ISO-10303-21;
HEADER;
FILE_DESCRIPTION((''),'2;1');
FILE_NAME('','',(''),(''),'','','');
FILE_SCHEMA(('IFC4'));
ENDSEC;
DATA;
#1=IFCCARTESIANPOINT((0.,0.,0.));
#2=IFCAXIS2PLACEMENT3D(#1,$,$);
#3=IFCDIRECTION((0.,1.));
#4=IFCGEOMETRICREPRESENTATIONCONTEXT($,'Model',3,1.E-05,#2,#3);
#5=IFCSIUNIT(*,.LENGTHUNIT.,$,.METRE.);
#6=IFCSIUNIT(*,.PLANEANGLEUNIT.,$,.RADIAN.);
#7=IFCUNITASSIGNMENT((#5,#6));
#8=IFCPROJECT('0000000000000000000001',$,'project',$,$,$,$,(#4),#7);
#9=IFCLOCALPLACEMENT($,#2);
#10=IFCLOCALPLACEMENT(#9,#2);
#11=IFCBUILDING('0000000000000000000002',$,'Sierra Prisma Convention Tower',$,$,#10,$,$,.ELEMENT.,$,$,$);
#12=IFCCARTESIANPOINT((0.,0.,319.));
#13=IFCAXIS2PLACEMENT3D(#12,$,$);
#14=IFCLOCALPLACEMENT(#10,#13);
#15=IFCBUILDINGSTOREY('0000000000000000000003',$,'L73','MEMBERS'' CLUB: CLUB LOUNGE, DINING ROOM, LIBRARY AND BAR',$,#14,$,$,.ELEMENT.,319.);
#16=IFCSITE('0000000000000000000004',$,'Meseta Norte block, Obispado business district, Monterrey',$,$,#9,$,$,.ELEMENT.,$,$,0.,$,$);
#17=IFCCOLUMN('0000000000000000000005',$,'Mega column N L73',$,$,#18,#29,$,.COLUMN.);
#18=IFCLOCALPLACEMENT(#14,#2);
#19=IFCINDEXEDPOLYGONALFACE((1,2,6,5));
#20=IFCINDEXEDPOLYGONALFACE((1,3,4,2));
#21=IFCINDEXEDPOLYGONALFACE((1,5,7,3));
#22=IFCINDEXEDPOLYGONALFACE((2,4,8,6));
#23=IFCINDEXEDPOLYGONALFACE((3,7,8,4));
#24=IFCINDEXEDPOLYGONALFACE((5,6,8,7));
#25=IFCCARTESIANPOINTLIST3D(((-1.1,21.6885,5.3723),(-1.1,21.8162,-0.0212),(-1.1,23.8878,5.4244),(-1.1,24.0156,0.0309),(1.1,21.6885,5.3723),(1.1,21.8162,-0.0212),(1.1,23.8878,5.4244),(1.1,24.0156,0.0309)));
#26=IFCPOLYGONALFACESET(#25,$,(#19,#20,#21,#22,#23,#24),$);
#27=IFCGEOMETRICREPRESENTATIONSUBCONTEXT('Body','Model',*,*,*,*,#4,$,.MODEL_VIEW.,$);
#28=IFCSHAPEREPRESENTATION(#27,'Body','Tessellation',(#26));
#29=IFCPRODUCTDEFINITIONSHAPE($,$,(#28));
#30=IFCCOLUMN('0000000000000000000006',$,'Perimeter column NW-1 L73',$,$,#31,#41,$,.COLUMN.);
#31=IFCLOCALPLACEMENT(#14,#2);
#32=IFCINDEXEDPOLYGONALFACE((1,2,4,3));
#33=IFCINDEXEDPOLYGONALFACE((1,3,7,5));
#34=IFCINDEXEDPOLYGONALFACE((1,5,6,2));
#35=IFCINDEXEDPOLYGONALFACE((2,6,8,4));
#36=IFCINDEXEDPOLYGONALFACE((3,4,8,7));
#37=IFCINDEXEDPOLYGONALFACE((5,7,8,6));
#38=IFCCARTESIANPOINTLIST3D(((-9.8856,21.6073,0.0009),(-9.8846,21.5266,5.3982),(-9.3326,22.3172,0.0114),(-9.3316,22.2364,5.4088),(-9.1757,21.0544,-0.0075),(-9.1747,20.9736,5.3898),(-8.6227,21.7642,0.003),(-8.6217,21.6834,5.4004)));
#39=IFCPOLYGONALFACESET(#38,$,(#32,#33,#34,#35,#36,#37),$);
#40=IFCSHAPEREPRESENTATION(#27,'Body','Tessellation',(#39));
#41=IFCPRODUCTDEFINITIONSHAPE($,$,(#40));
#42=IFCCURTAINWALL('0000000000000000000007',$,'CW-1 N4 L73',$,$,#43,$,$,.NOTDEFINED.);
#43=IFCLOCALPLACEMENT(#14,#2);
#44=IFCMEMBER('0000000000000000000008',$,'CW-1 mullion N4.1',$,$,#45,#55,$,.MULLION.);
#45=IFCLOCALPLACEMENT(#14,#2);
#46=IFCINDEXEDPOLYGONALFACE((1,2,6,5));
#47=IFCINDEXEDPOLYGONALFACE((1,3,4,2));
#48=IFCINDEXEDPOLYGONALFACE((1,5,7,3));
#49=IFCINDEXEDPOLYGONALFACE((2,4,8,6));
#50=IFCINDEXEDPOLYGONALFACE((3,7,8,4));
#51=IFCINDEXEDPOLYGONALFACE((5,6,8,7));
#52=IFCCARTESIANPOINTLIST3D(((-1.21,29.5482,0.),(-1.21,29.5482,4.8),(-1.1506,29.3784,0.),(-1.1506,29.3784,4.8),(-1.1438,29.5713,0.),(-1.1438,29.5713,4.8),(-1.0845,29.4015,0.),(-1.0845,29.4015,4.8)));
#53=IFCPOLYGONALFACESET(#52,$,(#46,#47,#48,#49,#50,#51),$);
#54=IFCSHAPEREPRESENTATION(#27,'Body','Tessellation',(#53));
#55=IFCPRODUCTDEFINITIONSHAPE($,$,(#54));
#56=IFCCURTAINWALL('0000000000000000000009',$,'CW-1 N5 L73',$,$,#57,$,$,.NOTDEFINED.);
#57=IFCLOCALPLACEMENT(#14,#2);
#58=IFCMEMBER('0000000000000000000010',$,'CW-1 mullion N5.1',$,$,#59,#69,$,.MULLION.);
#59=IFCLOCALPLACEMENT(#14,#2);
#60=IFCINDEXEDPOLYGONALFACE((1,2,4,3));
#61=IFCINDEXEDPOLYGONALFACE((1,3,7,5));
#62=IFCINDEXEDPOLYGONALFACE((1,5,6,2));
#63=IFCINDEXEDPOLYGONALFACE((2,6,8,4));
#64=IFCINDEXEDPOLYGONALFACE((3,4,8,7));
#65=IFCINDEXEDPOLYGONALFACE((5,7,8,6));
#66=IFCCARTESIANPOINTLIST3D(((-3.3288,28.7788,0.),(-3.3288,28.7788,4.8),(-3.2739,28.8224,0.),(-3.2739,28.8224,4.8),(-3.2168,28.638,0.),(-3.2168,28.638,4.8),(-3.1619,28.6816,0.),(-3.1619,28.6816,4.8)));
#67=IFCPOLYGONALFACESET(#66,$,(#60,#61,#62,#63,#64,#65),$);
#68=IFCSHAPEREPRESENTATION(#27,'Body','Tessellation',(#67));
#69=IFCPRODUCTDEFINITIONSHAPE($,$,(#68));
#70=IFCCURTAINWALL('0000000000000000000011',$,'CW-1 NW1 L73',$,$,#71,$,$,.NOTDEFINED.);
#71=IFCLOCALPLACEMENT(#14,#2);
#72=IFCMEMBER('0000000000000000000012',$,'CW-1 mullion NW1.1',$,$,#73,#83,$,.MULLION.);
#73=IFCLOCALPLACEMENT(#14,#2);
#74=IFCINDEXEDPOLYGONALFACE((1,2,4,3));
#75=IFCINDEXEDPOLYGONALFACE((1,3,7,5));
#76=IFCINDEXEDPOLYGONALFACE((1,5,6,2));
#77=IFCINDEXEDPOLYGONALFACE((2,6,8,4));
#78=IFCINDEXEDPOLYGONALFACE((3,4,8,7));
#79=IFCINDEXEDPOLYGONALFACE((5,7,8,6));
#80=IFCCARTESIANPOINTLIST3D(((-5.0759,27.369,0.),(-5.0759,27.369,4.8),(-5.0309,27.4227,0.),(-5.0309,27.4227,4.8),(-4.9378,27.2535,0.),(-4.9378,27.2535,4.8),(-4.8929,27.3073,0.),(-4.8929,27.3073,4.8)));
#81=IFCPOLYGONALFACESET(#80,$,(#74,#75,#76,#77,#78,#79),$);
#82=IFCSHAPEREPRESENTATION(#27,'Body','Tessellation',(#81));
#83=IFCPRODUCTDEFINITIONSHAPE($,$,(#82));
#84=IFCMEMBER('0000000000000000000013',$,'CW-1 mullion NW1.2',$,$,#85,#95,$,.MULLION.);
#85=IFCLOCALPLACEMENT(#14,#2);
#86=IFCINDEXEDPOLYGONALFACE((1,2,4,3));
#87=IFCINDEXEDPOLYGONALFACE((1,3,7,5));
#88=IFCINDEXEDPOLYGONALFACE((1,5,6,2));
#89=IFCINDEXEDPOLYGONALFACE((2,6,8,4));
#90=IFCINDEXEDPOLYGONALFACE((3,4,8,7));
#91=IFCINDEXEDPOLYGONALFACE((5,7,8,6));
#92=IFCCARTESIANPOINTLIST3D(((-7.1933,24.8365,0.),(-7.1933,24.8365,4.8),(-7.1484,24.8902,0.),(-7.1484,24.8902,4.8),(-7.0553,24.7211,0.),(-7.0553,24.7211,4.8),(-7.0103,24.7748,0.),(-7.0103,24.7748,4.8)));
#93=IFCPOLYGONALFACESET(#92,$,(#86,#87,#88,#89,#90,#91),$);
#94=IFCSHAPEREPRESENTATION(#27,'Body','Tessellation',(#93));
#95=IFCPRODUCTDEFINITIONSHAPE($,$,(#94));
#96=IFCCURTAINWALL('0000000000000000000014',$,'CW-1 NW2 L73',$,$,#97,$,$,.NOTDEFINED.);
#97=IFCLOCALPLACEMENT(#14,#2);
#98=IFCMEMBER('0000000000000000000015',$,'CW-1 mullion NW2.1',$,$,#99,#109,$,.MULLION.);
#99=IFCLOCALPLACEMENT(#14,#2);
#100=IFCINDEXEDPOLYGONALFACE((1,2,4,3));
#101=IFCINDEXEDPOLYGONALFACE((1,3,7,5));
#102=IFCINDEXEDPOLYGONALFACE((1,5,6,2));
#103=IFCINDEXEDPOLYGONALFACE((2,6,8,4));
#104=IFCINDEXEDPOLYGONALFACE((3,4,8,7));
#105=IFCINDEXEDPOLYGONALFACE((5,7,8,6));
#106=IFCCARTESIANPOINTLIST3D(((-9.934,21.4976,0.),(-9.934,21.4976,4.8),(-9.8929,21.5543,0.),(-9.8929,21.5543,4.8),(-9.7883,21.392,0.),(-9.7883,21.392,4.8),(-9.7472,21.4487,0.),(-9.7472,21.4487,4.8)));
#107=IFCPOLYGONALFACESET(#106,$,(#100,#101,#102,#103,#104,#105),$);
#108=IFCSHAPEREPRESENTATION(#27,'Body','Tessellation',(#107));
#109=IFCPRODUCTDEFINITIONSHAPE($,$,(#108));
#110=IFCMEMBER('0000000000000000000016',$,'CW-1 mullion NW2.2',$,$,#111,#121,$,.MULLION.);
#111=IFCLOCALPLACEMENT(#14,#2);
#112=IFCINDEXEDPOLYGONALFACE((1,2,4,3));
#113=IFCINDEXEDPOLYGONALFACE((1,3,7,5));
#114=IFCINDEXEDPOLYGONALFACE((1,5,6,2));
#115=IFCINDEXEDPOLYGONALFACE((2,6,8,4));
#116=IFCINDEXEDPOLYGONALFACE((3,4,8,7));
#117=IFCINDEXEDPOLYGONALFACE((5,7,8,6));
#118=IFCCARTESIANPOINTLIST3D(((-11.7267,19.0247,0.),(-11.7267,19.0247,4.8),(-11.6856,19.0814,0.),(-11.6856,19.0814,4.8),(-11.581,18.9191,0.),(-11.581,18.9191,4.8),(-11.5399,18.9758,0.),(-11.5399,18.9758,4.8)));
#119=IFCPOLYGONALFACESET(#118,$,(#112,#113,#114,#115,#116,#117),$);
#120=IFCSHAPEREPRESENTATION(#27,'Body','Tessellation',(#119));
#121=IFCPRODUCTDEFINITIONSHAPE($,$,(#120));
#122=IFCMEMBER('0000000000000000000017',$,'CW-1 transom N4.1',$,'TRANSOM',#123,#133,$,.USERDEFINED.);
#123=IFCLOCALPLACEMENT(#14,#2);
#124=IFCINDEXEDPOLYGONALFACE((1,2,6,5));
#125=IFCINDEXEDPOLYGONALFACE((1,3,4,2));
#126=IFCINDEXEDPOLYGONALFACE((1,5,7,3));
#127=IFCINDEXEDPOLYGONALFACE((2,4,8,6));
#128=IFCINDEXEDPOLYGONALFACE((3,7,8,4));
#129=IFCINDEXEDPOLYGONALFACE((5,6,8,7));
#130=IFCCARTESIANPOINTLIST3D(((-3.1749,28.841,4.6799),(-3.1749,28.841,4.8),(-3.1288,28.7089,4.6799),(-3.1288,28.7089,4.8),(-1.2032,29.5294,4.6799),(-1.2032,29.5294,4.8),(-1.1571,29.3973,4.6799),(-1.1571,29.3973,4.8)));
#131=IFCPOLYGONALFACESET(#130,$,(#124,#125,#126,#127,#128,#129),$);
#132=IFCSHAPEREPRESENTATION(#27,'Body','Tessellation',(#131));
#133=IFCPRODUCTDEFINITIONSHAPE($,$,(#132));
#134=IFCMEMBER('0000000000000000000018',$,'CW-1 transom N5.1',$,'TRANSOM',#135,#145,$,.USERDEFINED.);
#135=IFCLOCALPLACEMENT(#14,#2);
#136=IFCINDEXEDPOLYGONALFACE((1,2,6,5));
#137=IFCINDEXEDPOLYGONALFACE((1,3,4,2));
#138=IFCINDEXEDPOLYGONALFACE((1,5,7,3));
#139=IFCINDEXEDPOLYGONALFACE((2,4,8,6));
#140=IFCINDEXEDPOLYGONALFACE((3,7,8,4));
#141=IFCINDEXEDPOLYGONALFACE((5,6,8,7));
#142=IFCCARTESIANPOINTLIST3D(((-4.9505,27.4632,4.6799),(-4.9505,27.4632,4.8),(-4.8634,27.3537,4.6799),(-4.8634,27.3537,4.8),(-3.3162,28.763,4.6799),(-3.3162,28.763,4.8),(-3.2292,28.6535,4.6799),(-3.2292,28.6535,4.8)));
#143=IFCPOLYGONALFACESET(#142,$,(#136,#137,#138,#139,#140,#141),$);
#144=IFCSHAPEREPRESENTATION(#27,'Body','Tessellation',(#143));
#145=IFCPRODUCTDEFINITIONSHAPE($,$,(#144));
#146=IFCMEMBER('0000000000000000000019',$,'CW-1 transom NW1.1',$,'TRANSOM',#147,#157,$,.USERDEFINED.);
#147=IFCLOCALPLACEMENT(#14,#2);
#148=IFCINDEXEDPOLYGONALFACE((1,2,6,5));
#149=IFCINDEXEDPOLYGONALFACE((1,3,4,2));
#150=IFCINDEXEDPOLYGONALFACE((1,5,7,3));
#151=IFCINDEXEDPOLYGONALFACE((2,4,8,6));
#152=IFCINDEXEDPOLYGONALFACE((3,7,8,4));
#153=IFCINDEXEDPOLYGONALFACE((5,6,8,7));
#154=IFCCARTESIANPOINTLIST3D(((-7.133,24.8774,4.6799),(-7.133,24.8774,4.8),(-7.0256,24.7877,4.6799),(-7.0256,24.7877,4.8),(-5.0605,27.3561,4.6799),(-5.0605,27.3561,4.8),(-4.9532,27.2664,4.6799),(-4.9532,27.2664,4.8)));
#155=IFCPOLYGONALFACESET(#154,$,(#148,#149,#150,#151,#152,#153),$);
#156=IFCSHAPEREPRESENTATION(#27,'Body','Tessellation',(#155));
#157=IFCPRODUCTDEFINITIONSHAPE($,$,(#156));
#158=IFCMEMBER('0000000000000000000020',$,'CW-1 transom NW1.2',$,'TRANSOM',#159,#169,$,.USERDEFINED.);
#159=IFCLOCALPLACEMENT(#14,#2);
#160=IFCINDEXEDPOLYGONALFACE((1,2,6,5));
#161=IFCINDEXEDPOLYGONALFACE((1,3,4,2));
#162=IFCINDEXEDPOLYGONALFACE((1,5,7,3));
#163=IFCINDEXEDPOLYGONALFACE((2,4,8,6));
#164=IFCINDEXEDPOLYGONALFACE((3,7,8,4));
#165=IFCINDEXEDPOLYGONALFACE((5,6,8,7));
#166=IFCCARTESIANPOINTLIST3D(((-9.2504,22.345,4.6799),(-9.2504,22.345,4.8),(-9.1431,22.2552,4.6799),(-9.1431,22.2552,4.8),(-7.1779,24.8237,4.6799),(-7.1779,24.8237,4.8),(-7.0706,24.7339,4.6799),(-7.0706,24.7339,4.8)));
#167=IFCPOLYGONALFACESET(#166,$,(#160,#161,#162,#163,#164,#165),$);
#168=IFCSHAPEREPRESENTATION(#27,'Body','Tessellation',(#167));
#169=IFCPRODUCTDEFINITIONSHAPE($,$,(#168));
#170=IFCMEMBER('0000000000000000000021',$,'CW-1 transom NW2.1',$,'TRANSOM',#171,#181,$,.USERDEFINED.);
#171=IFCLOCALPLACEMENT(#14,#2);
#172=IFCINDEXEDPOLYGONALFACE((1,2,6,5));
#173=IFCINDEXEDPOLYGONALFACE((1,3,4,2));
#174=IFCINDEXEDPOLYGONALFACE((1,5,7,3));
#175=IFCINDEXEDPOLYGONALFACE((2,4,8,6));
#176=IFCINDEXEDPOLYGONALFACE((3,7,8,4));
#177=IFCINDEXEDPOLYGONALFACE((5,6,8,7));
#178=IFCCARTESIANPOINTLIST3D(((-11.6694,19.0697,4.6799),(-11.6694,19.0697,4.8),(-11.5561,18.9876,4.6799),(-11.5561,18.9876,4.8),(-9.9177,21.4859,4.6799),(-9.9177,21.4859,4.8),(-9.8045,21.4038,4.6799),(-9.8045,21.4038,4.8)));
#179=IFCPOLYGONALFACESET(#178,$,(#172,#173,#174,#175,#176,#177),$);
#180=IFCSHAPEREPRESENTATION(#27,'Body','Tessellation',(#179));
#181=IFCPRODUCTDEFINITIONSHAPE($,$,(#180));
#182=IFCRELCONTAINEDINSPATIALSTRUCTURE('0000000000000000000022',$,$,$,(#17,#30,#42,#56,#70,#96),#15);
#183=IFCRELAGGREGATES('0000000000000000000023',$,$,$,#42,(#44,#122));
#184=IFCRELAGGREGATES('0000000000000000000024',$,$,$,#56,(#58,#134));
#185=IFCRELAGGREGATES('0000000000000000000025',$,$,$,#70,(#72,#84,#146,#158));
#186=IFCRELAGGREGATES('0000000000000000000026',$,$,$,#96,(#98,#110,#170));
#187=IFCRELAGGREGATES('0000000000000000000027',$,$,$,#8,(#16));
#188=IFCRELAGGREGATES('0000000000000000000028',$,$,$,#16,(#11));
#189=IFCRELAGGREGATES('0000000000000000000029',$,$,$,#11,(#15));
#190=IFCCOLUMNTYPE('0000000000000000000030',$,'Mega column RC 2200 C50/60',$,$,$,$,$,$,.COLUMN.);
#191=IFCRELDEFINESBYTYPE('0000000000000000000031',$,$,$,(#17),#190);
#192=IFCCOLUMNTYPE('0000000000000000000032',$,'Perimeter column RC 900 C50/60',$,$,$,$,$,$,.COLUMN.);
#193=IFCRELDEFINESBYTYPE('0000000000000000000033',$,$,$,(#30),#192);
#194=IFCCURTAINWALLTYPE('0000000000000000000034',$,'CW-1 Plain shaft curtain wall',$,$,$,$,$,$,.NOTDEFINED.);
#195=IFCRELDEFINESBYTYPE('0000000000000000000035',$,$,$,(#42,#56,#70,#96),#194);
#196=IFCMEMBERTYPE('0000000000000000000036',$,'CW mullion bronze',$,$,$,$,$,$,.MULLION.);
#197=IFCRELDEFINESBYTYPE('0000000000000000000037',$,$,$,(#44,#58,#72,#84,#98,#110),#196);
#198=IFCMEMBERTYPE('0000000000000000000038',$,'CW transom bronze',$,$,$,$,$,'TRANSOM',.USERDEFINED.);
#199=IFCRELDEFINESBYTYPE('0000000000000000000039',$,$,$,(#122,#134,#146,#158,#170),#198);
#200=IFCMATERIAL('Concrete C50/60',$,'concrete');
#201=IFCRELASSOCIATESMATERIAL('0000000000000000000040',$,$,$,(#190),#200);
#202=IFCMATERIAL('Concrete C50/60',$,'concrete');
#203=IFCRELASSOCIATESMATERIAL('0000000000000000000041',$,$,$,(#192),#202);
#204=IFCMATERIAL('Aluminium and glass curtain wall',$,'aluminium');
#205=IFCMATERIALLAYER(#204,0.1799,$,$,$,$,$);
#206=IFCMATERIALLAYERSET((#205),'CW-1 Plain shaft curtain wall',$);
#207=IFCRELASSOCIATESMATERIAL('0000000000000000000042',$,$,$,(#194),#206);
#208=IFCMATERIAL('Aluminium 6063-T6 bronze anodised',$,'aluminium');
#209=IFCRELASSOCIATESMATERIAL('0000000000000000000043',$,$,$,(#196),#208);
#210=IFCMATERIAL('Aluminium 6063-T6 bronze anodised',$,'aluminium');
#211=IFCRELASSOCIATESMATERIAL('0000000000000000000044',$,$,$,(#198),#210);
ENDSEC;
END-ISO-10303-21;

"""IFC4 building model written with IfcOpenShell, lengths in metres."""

from ifc_helpers import new_model, si_unit, direction, frame, origin, origin_2d, place, context, subcontext, project, spatial, rectangle, extrude, clip, halfspace, material, layer, layer_set, material_profile, profile_set, type_object, element, aggregate, save


model = new_model("IFC4")

# Units and contexts
model_context = context("Model", 3, precision=1e-05, world=origin(), true_north=direction((0.0, 1.0)))
body_context = subcontext(model_context, "Body", "Model", "MODEL_VIEW")
ifc_project = project(units=[si_unit("LENGTHUNIT", "METRE"), si_unit("PLANEANGLEUNIT", "RADIAN")], contexts=[model_context])

# Site, building, storey
site_placement = place(None, origin())
site = spatial("IfcSite", under=ifc_project, at=site_placement, Name="Meseta Norte block, Obispado business district, Monterrey", CompositionType="ELEMENT", RefElevation=0.0)
building_placement = place(site_placement, origin())
building = spatial("IfcBuilding", under=site, at=building_placement, Name="Sierra Prisma Convention Tower", CompositionType="ELEMENT")
storey_placement = place(building_placement, frame((0.0, 0.0, 319.0)))
storey = spatial("IfcBuildingStorey", under=building, at=storey_placement, Name="L73", Description="MEMBERS' CLUB: CLUB LOUNGE, DINING ROOM, LIBRARY AND BAR", CompositionType="ELEMENT", Elevation=319.0)

# Columns
ifc_material_1 = material(Name="Concrete C50/60", Category="concrete")
ifc_material_profile_1 = material_profile(ifc_material_1, rectangle(XDim=2.2, YDim=2.2, at=origin_2d()), Name="Mega column RC 2200 C50/60")
ifc_profile_set_1 = profile_set([ifc_material_profile_1], Name="Concrete C50/60")
column_type_1 = type_object("IfcColumnType", Name="Mega column RC 2200 C50/60", PredefinedType="COLUMN", material=ifc_profile_set_1)
column_1_placement = place(storey_placement, frame((0.0, 22.916, 0.0), z_axis=(0.0, -0.023684, 0.999719), x_axis=(1.0, 0.0, 0.0)))
element("IfcColumn", 1, at=column_1_placement, inside=storey, type_object=column_type_1, Name="Mega column N L73", PredefinedType="COLUMN", context=body_context, shape_type="SweptSolid", body=[
    clip(clip(extrude(rectangle(XDim=2.2, YDim=2.2, at=origin_2d()), origin(), (0.0, 0.0, 1.0), 5.4014), halfspace(frame((0.0, 0.0, 0.0049)), True)), halfspace(frame((0.0, 0.0, 5.3999)), False)),
])
ifc_material_2 = material(Name="Concrete C50/60", Category="concrete")
ifc_material_profile_2 = material_profile(ifc_material_2, rectangle(XDim=0.8999, YDim=0.8999, at=origin_2d()), Name="Perimeter column RC 900 C50/60")
ifc_profile_set_2 = profile_set([ifc_material_profile_2], Name="Concrete C50/60")
column_type_2 = type_object("IfcColumnType", Name="Perimeter column RC 900 C50/60", PredefinedType="COLUMN", material=ifc_profile_set_2)
column_2_placement = place(storey_placement, frame((-9.2542, 21.6858, 0.0), z_axis=(0.000181, -0.014964, 0.999888), x_axis=(0.614561, 0.788783, 0.011693)))
element("IfcColumn", 2, at=column_2_placement, inside=storey, type_object=column_type_2, Name="Perimeter column NW-1 L73", PredefinedType="COLUMN", context=body_context, shape_type="SweptSolid", body=[
    clip(clip(extrude(rectangle(XDim=0.8999, YDim=0.8999, at=origin_2d()), origin(), (0.0, 0.0, 1.0), 5.4004), halfspace(frame((0.0, 0.0, 0.002)), True)), halfspace(frame((0.0, 0.0, 5.3999)), False)),
])

# Curtain walls, members
ifc_material_3 = material(Name="Aluminium and glass curtain wall", Category="aluminium")
ifc_layer_1 = layer(ifc_material_3, 0.1799)
ifc_layer_set_1 = layer_set([ifc_layer_1], Name="CW-1 Plain shaft curtain wall")
curtain_wall_type = type_object("IfcCurtainWallType", Name="CW-1 Plain shaft curtain wall", PredefinedType="NOTDEFINED", material=ifc_layer_set_1)
curtain_wall_1_placement = place(storey_placement, origin())
curtain_wall_1 = element("IfcCurtainWall", 3, at=curtain_wall_1_placement, inside=storey, type_object=curtain_wall_type, Name="CW-1 N4 L73", PredefinedType="NOTDEFINED")
ifc_material_4 = material(Name="Aluminium 6063-T6 bronze anodised", Category="aluminium")
ifc_material_profile_3 = material_profile(ifc_material_4, rectangle(XDim=0.1799, YDim=0.0701, at=origin_2d()), Name="ALU MULLION 70x180")
ifc_profile_set_3 = profile_set([ifc_material_profile_3], Name="Aluminium 6063-T6 bronze anodised")
member_type_1 = type_object("IfcMemberType", Name="CW mullion bronze", PredefinedType="MULLION", material=ifc_profile_set_3)
member_1_placement = place(storey_placement, frame((-1.1472, 29.4749, 0.0), z_axis=(0.0, 0.0, 1.0), x_axis=(0.329658, -0.944101, 0.0)))
member_1 = element("IfcMember", 4, at=member_1_placement, type_object=member_type_1, Name="CW-1 mullion N4.1", PredefinedType="MULLION", context=body_context, shape_type="SweptSolid", body=[
    extrude(rectangle(XDim=0.1799, YDim=0.0701, at=origin_2d()), origin(), (0.0, 0.0, 1.0), 4.8),
])
curtain_wall_2_placement = place(storey_placement, origin())
curtain_wall_2 = element("IfcCurtainWall", 5, at=curtain_wall_2_placement, inside=storey, type_object=curtain_wall_type, Name="CW-1 N5 L73", PredefinedType="NOTDEFINED")
member_2_placement = place(storey_placement, frame((-3.2454, 28.7302, 0.0), z_axis=(0.0, 0.0, 1.0), x_axis=(0.62246, -0.782652, 0.0)))
member_2 = element("IfcMember", 6, at=member_2_placement, type_object=member_type_1, Name="CW-1 mullion N5.1", PredefinedType="MULLION", context=body_context, shape_type="SweptSolid", body=[
    extrude(rectangle(XDim=0.1799, YDim=0.0701, at=origin_2d()), origin(), (0.0, 0.0, 1.0), 4.8),
])

# Curtain walls, members
curtain_wall_3_placement = place(storey_placement, origin())
curtain_wall_3 = element("IfcCurtainWall", 7, at=curtain_wall_3_placement, inside=storey, type_object=curtain_wall_type, Name="CW-1 NW1 L73", PredefinedType="NOTDEFINED")
member_3_placement = place(storey_placement, frame((-4.9844, 27.3381, 0.0), z_axis=(0.0, 0.0, 1.0), x_axis=(0.767165, -0.64145, 0.0)))
member_3 = element("IfcMember", 8, at=member_3_placement, type_object=member_type_1, Name="CW-1 mullion NW1.1", PredefinedType="MULLION", context=body_context, shape_type="SweptSolid", body=[
    extrude(rectangle(XDim=0.1799, YDim=0.0701, at=origin_2d()), origin(), (0.0, 0.0, 1.0), 4.8),
])
member_4_placement = place(storey_placement, frame((-7.1018, 24.8057, 0.0), z_axis=(0.0, 0.0, 1.0), x_axis=(0.767165, -0.64145, 0.0)))
member_4 = element("IfcMember", 9, at=member_4_placement, type_object=member_type_1, Name="CW-1 mullion NW1.2", PredefinedType="MULLION", context=body_context, shape_type="SweptSolid", body=[
    extrude(rectangle(XDim=0.1799, YDim=0.0701, at=origin_2d()), origin(), (0.0, 0.0, 1.0), 4.8),
])
curtain_wall_4_placement = place(storey_placement, origin())
curtain_wall_4 = element("IfcCurtainWall", 10, at=curtain_wall_4_placement, inside=storey, type_object=curtain_wall_type, Name="CW-1 NW2 L73", PredefinedType="NOTDEFINED")
member_5_placement = place(storey_placement, frame((-9.8406, 21.4731, 0.0), z_axis=(0.0, 0.0, 1.0), x_axis=(0.809632, -0.586938, 0.0)))
member_5 = element("IfcMember", 11, at=member_5_placement, type_object=member_type_1, Name="CW-1 mullion NW2.1", PredefinedType="MULLION", context=body_context, shape_type="SweptSolid", body=[
    extrude(rectangle(XDim=0.1799, YDim=0.0701, at=origin_2d()), origin(), (0.0, 0.0, 1.0), 4.8),
])
member_6_placement = place(storey_placement, frame((-11.6333, 19.0002, 0.0), z_axis=(0.0, 0.0, 1.0), x_axis=(0.809632, -0.586938, 0.0)))
member_6 = element("IfcMember", 12, at=member_6_placement, type_object=member_type_1, Name="CW-1 mullion NW2.2", PredefinedType="MULLION", context=body_context, shape_type="SweptSolid", body=[
    extrude(rectangle(XDim=0.1799, YDim=0.0701, at=origin_2d()), origin(), (0.0, 0.0, 1.0), 4.8),
])

# Members
ifc_material_5 = material(Name="Aluminium 6063-T6 bronze anodised", Category="aluminium")
ifc_material_profile_4 = material_profile(ifc_material_5, rectangle(XDim=0.1399, YDim=0.1201, at=origin_2d()), Name="ALU TRANSOM 120x140")
ifc_profile_set_4 = profile_set([ifc_material_profile_4], Name="Aluminium 6063-T6 bronze anodised")
member_type_2 = type_object("IfcMemberType", Name="CW transom bronze", ElementType="TRANSOM", PredefinedType="USERDEFINED", material=ifc_profile_set_4)
member_7_placement = place(storey_placement, frame((-1.1802, 29.4634, 4.74), z_axis=(-0.944099, -0.329663, 0.0), x_axis=(0.329663, -0.944099, 0.0)))
member_7 = element("IfcMember", 13, at=member_7_placement, type_object=member_type_2, Name="CW-1 transom N4.1", ObjectType="TRANSOM", PredefinedType="USERDEFINED", context=body_context, shape_type="SweptSolid", body=[
    extrude(rectangle(XDim=0.1399, YDim=0.1201, at=origin_2d()), origin(), (0.0, 0.0, 1.0), 2.0884),
])
member_8_placement = place(storey_placement, frame((-3.2727, 28.7083, 4.74), z_axis=(-0.782645, -0.622468, 0.0), x_axis=(0.622468, -0.782645, 0.0)))
member_8 = element("IfcMember", 14, at=member_8_placement, type_object=member_type_2, Name="CW-1 transom N5.1", ObjectType="TRANSOM", PredefinedType="USERDEFINED", context=body_context, shape_type="SweptSolid", body=[
    extrude(rectangle(XDim=0.1399, YDim=0.1201, at=origin_2d()), origin(), (0.0, 0.0, 1.0), 2.0881),
])
member_9_placement = place(storey_placement, frame((-5.0068, 27.3113, 4.74), z_axis=(-0.64144, -0.767174, 0.0), x_axis=(0.767174, -0.64144, 0.0)))
member_9 = element("IfcMember", 15, at=member_9_placement, type_object=member_type_2, Name="CW-1 transom NW1.1", ObjectType="TRANSOM", PredefinedType="USERDEFINED", context=body_context, shape_type="SweptSolid", body=[
    extrude(rectangle(XDim=0.1399, YDim=0.1201, at=origin_2d()), origin(), (0.0, 0.0, 1.0), 3.231),
])
member_10_placement = place(storey_placement, frame((-7.1243, 24.7788, 4.74), z_axis=(-0.64144, -0.767174, 0.0), x_axis=(0.767174, -0.64144, 0.0)))
member_10 = element("IfcMember", 16, at=member_10_placement, type_object=member_type_2, Name="CW-1 transom NW1.2", ObjectType="TRANSOM", PredefinedType="USERDEFINED", context=body_context, shape_type="SweptSolid", body=[
    extrude(rectangle(XDim=0.1399, YDim=0.1201, at=origin_2d()), origin(), (0.0, 0.0, 1.0), 3.231),
])
member_11_placement = place(storey_placement, frame((-9.8611, 21.4448, 4.74), z_axis=(-0.58695, -0.809623, 0.0), x_axis=(0.809623, -0.58695, 0.0)))
member_11 = element("IfcMember", 17, at=member_11_placement, type_object=member_type_2, Name="CW-1 transom NW2.1", ObjectType="TRANSOM", PredefinedType="USERDEFINED", context=body_context, shape_type="SweptSolid", body=[
    extrude(rectangle(XDim=0.1399, YDim=0.1201, at=origin_2d()), origin(), (0.0, 0.0, 1.0), 2.9844),
])

aggregate(curtain_wall_1, [member_1, member_7])
aggregate(curtain_wall_2, [member_2, member_8])
aggregate(curtain_wall_3, [member_3, member_4, member_9, member_10])
aggregate(curtain_wall_4, [member_5, member_6, member_11])

save(model, "model.ifc")
